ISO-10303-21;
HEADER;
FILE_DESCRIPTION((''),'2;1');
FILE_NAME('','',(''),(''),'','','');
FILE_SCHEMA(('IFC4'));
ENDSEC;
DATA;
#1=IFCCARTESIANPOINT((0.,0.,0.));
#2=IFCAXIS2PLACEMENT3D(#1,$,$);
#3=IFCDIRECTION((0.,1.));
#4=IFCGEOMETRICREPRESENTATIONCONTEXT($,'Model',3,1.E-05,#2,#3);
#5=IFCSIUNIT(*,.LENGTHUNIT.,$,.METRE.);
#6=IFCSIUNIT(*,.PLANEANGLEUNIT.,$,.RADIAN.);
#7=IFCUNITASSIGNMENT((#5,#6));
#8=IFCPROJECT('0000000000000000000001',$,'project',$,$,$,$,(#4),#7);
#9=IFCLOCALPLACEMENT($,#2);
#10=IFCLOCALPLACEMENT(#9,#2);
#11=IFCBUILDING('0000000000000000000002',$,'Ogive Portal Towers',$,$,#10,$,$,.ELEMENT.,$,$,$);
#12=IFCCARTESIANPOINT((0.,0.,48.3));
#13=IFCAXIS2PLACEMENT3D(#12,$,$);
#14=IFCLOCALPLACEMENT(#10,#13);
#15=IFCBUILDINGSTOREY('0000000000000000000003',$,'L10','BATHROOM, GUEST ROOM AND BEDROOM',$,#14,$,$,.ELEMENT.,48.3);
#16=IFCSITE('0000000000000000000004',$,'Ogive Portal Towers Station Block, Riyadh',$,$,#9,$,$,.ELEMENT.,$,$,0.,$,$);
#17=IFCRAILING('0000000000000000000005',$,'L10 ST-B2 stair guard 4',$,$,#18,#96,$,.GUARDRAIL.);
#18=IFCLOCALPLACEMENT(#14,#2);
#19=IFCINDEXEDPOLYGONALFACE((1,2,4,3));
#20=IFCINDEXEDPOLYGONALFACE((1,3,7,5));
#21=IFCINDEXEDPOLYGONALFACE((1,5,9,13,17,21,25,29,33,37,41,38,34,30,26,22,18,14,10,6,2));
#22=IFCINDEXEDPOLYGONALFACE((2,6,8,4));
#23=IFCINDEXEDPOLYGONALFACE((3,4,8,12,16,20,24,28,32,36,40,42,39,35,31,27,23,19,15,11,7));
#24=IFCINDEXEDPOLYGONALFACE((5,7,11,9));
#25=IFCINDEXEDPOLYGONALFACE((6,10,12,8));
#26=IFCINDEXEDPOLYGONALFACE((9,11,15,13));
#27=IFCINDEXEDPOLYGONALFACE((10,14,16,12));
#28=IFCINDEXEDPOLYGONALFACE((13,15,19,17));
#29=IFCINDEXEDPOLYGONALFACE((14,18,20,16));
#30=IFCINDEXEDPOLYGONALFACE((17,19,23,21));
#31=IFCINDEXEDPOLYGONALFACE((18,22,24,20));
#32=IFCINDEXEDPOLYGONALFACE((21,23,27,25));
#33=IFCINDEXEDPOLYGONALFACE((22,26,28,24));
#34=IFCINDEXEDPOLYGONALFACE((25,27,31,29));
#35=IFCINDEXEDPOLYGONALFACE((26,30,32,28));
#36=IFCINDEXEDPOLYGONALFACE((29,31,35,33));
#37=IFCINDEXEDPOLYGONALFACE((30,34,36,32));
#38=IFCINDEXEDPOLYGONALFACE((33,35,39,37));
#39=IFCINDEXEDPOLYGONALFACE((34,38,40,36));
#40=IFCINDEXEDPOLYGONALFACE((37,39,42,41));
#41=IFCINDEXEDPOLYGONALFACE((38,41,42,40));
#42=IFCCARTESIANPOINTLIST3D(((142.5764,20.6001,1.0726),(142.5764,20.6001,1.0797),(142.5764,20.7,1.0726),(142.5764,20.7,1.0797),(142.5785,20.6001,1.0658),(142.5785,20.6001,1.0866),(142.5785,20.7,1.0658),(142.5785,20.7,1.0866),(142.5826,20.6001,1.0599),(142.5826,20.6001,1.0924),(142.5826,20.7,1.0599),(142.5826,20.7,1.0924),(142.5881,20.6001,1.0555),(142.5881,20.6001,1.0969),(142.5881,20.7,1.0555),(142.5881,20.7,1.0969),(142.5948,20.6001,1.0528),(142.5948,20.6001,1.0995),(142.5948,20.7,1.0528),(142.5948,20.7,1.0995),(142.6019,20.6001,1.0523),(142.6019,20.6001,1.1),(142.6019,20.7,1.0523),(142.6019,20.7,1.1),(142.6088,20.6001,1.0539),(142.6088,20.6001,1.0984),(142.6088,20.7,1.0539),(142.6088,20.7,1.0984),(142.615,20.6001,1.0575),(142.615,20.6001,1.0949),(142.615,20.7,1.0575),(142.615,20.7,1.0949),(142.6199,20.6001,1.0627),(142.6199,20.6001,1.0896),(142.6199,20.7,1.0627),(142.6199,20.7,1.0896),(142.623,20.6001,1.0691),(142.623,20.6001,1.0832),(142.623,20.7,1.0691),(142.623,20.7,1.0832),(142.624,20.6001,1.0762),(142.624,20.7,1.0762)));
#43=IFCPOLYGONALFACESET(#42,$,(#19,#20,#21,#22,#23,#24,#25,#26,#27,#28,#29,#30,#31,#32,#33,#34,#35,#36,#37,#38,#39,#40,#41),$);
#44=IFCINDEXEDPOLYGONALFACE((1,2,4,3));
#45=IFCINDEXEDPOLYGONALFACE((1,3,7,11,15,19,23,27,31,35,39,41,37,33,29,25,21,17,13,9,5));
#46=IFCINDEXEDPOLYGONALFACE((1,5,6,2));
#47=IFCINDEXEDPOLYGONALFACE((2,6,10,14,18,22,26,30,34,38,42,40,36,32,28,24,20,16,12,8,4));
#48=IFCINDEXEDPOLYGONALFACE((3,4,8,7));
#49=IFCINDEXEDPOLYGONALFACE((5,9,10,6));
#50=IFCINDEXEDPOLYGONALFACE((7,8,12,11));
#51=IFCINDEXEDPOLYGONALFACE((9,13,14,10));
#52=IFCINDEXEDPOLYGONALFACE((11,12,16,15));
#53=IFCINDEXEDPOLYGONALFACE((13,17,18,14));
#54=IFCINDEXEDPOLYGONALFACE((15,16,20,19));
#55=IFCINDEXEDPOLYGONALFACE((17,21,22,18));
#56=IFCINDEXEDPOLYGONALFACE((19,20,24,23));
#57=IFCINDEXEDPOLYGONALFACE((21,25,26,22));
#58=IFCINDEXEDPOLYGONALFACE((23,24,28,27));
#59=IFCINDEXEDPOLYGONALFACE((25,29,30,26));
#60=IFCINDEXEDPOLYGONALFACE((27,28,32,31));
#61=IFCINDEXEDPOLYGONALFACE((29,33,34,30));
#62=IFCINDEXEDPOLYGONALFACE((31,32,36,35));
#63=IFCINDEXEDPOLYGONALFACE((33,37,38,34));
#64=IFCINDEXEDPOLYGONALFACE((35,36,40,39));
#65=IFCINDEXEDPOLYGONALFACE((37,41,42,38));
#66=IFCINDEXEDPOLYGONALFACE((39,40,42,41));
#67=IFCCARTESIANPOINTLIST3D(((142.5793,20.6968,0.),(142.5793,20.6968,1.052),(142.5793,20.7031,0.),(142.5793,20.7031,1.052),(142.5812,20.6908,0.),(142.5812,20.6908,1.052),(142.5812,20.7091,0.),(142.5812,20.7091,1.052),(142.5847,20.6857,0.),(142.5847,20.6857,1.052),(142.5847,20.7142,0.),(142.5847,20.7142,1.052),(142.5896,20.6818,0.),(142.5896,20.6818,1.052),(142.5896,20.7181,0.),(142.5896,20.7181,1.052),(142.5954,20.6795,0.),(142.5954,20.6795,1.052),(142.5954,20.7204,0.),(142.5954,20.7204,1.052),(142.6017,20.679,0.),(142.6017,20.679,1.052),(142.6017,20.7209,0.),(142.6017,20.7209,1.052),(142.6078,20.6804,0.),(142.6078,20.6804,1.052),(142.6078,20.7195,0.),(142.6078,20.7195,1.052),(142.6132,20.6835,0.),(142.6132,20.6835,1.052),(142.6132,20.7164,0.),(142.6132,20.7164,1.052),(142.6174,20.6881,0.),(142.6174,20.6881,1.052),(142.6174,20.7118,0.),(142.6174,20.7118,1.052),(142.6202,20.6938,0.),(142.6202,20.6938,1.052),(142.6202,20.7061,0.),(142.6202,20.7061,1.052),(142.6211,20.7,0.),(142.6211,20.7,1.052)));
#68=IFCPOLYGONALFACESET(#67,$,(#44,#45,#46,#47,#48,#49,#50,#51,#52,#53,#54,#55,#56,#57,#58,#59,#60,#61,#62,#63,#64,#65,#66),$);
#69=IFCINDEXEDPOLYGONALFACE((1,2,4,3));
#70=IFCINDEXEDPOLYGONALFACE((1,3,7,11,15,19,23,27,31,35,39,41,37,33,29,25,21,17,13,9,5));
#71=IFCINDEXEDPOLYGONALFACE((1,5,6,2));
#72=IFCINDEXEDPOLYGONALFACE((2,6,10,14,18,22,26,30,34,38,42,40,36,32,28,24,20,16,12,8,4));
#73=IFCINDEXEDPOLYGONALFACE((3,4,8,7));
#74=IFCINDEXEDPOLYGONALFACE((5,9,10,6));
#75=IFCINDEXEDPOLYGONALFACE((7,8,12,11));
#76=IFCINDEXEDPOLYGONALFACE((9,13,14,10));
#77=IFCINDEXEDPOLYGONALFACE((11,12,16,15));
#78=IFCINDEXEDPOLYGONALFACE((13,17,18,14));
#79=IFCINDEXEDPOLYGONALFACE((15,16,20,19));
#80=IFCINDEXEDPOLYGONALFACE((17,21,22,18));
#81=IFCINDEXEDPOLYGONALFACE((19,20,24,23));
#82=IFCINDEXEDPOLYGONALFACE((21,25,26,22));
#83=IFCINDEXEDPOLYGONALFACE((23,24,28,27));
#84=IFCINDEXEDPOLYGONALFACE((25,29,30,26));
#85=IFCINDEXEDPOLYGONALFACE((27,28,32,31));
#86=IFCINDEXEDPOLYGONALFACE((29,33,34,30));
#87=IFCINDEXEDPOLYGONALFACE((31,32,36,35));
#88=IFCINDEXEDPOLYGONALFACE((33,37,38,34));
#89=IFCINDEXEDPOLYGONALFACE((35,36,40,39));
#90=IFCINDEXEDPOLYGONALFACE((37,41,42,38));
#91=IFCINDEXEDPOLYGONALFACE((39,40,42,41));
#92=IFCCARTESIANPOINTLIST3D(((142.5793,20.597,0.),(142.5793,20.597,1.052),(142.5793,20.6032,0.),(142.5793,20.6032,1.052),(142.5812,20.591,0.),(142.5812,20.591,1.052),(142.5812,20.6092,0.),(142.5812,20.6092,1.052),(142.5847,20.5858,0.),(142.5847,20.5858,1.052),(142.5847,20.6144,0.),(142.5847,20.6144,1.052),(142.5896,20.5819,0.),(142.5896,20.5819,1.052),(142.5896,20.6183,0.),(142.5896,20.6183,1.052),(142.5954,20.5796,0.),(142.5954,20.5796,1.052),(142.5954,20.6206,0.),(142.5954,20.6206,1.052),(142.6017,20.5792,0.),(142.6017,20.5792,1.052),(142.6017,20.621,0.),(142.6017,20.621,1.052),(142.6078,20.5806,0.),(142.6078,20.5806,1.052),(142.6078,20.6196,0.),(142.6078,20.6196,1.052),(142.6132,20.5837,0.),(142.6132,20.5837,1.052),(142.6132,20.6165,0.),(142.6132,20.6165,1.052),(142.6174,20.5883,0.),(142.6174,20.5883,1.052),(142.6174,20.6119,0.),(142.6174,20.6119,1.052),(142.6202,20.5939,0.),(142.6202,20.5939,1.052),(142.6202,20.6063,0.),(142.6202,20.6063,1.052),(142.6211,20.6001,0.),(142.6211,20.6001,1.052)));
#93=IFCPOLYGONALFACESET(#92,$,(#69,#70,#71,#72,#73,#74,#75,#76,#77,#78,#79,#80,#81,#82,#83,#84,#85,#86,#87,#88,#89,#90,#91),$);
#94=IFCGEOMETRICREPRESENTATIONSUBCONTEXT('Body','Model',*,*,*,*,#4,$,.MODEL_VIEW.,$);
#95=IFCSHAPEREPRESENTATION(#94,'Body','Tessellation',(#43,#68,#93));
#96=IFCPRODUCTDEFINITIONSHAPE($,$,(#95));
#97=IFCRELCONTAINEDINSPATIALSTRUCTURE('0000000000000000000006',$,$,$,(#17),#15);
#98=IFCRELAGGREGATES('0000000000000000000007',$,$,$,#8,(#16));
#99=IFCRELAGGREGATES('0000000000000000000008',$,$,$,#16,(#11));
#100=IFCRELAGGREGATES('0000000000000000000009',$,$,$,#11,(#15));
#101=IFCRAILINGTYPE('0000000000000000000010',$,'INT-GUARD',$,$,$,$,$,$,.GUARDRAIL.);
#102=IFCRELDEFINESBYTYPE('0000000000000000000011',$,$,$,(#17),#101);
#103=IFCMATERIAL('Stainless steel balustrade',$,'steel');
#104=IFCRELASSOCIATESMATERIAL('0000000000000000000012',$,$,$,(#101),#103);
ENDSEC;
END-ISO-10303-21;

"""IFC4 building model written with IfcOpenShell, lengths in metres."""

from ifc_helpers import new_model, si_unit, direction, frame, origin, origin_2d, place, context, subcontext, project, spatial, circle, extrude, material, type_object, element, save


model = new_model("IFC4")

# Units and contexts
model_context = context("Model", 3, precision=1e-05, world=origin(), true_north=direction((0.0, 1.0)))
body_context = subcontext(model_context, "Body", "Model", "MODEL_VIEW")
ifc_project = project(units=[si_unit("LENGTHUNIT", "METRE"), si_unit("PLANEANGLEUNIT", "RADIAN")], contexts=[model_context])

# Site, building, storey
site_placement = place(None, origin())
site = spatial("IfcSite", under=ifc_project, at=site_placement, Name="Ogive Portal Towers Station Block, Riyadh", CompositionType="ELEMENT", RefElevation=0.0)
building_placement = place(site_placement, origin())
building = spatial("IfcBuilding", under=site, at=building_placement, Name="Ogive Portal Towers", CompositionType="ELEMENT")
storey_placement = place(building_placement, frame((0.0, 0.0, 48.3)))
storey = spatial("IfcBuildingStorey", under=building, at=storey_placement, Name="L10", Description="BATHROOM, GUEST ROOM AND BEDROOM", CompositionType="ELEMENT", Elevation=48.3)

# Railing
ifc_material_1 = material(Name="Stainless steel balustrade", Category="steel")
railing_type = type_object("IfcRailingType", Name="INT-GUARD", PredefinedType="GUARDRAIL", material=ifc_material_1)
railing_placement = place(storey_placement, frame((142.6001, 20.7, 0.0)))
element("IfcRailing", 1, at=railing_placement, inside=storey, type_object=railing_type, Name="L10 ST-B2 stair guard 4", PredefinedType="GUARDRAIL", context=body_context, shape_type="SweptSolid", body=[
    extrude(circle(Radius=0.0239, at=origin_2d()), frame((0.0, 0.0, 1.0762), z_axis=(0.0, -1.0, 0.0), x_axis=(1.0, 0.0, 0.0)), (0.0, 0.0, 1.0), 0.0999),
    extrude(circle(Radius=0.021, at=origin_2d()), origin(), (0.0, 0.0, 1.0), 1.052),
    extrude(circle(Radius=0.021, at=origin_2d()), frame((0.0, -0.0999, 0.0)), (0.0, 0.0, 1.0), 1.052),
])

save(model, "model.ifc")
